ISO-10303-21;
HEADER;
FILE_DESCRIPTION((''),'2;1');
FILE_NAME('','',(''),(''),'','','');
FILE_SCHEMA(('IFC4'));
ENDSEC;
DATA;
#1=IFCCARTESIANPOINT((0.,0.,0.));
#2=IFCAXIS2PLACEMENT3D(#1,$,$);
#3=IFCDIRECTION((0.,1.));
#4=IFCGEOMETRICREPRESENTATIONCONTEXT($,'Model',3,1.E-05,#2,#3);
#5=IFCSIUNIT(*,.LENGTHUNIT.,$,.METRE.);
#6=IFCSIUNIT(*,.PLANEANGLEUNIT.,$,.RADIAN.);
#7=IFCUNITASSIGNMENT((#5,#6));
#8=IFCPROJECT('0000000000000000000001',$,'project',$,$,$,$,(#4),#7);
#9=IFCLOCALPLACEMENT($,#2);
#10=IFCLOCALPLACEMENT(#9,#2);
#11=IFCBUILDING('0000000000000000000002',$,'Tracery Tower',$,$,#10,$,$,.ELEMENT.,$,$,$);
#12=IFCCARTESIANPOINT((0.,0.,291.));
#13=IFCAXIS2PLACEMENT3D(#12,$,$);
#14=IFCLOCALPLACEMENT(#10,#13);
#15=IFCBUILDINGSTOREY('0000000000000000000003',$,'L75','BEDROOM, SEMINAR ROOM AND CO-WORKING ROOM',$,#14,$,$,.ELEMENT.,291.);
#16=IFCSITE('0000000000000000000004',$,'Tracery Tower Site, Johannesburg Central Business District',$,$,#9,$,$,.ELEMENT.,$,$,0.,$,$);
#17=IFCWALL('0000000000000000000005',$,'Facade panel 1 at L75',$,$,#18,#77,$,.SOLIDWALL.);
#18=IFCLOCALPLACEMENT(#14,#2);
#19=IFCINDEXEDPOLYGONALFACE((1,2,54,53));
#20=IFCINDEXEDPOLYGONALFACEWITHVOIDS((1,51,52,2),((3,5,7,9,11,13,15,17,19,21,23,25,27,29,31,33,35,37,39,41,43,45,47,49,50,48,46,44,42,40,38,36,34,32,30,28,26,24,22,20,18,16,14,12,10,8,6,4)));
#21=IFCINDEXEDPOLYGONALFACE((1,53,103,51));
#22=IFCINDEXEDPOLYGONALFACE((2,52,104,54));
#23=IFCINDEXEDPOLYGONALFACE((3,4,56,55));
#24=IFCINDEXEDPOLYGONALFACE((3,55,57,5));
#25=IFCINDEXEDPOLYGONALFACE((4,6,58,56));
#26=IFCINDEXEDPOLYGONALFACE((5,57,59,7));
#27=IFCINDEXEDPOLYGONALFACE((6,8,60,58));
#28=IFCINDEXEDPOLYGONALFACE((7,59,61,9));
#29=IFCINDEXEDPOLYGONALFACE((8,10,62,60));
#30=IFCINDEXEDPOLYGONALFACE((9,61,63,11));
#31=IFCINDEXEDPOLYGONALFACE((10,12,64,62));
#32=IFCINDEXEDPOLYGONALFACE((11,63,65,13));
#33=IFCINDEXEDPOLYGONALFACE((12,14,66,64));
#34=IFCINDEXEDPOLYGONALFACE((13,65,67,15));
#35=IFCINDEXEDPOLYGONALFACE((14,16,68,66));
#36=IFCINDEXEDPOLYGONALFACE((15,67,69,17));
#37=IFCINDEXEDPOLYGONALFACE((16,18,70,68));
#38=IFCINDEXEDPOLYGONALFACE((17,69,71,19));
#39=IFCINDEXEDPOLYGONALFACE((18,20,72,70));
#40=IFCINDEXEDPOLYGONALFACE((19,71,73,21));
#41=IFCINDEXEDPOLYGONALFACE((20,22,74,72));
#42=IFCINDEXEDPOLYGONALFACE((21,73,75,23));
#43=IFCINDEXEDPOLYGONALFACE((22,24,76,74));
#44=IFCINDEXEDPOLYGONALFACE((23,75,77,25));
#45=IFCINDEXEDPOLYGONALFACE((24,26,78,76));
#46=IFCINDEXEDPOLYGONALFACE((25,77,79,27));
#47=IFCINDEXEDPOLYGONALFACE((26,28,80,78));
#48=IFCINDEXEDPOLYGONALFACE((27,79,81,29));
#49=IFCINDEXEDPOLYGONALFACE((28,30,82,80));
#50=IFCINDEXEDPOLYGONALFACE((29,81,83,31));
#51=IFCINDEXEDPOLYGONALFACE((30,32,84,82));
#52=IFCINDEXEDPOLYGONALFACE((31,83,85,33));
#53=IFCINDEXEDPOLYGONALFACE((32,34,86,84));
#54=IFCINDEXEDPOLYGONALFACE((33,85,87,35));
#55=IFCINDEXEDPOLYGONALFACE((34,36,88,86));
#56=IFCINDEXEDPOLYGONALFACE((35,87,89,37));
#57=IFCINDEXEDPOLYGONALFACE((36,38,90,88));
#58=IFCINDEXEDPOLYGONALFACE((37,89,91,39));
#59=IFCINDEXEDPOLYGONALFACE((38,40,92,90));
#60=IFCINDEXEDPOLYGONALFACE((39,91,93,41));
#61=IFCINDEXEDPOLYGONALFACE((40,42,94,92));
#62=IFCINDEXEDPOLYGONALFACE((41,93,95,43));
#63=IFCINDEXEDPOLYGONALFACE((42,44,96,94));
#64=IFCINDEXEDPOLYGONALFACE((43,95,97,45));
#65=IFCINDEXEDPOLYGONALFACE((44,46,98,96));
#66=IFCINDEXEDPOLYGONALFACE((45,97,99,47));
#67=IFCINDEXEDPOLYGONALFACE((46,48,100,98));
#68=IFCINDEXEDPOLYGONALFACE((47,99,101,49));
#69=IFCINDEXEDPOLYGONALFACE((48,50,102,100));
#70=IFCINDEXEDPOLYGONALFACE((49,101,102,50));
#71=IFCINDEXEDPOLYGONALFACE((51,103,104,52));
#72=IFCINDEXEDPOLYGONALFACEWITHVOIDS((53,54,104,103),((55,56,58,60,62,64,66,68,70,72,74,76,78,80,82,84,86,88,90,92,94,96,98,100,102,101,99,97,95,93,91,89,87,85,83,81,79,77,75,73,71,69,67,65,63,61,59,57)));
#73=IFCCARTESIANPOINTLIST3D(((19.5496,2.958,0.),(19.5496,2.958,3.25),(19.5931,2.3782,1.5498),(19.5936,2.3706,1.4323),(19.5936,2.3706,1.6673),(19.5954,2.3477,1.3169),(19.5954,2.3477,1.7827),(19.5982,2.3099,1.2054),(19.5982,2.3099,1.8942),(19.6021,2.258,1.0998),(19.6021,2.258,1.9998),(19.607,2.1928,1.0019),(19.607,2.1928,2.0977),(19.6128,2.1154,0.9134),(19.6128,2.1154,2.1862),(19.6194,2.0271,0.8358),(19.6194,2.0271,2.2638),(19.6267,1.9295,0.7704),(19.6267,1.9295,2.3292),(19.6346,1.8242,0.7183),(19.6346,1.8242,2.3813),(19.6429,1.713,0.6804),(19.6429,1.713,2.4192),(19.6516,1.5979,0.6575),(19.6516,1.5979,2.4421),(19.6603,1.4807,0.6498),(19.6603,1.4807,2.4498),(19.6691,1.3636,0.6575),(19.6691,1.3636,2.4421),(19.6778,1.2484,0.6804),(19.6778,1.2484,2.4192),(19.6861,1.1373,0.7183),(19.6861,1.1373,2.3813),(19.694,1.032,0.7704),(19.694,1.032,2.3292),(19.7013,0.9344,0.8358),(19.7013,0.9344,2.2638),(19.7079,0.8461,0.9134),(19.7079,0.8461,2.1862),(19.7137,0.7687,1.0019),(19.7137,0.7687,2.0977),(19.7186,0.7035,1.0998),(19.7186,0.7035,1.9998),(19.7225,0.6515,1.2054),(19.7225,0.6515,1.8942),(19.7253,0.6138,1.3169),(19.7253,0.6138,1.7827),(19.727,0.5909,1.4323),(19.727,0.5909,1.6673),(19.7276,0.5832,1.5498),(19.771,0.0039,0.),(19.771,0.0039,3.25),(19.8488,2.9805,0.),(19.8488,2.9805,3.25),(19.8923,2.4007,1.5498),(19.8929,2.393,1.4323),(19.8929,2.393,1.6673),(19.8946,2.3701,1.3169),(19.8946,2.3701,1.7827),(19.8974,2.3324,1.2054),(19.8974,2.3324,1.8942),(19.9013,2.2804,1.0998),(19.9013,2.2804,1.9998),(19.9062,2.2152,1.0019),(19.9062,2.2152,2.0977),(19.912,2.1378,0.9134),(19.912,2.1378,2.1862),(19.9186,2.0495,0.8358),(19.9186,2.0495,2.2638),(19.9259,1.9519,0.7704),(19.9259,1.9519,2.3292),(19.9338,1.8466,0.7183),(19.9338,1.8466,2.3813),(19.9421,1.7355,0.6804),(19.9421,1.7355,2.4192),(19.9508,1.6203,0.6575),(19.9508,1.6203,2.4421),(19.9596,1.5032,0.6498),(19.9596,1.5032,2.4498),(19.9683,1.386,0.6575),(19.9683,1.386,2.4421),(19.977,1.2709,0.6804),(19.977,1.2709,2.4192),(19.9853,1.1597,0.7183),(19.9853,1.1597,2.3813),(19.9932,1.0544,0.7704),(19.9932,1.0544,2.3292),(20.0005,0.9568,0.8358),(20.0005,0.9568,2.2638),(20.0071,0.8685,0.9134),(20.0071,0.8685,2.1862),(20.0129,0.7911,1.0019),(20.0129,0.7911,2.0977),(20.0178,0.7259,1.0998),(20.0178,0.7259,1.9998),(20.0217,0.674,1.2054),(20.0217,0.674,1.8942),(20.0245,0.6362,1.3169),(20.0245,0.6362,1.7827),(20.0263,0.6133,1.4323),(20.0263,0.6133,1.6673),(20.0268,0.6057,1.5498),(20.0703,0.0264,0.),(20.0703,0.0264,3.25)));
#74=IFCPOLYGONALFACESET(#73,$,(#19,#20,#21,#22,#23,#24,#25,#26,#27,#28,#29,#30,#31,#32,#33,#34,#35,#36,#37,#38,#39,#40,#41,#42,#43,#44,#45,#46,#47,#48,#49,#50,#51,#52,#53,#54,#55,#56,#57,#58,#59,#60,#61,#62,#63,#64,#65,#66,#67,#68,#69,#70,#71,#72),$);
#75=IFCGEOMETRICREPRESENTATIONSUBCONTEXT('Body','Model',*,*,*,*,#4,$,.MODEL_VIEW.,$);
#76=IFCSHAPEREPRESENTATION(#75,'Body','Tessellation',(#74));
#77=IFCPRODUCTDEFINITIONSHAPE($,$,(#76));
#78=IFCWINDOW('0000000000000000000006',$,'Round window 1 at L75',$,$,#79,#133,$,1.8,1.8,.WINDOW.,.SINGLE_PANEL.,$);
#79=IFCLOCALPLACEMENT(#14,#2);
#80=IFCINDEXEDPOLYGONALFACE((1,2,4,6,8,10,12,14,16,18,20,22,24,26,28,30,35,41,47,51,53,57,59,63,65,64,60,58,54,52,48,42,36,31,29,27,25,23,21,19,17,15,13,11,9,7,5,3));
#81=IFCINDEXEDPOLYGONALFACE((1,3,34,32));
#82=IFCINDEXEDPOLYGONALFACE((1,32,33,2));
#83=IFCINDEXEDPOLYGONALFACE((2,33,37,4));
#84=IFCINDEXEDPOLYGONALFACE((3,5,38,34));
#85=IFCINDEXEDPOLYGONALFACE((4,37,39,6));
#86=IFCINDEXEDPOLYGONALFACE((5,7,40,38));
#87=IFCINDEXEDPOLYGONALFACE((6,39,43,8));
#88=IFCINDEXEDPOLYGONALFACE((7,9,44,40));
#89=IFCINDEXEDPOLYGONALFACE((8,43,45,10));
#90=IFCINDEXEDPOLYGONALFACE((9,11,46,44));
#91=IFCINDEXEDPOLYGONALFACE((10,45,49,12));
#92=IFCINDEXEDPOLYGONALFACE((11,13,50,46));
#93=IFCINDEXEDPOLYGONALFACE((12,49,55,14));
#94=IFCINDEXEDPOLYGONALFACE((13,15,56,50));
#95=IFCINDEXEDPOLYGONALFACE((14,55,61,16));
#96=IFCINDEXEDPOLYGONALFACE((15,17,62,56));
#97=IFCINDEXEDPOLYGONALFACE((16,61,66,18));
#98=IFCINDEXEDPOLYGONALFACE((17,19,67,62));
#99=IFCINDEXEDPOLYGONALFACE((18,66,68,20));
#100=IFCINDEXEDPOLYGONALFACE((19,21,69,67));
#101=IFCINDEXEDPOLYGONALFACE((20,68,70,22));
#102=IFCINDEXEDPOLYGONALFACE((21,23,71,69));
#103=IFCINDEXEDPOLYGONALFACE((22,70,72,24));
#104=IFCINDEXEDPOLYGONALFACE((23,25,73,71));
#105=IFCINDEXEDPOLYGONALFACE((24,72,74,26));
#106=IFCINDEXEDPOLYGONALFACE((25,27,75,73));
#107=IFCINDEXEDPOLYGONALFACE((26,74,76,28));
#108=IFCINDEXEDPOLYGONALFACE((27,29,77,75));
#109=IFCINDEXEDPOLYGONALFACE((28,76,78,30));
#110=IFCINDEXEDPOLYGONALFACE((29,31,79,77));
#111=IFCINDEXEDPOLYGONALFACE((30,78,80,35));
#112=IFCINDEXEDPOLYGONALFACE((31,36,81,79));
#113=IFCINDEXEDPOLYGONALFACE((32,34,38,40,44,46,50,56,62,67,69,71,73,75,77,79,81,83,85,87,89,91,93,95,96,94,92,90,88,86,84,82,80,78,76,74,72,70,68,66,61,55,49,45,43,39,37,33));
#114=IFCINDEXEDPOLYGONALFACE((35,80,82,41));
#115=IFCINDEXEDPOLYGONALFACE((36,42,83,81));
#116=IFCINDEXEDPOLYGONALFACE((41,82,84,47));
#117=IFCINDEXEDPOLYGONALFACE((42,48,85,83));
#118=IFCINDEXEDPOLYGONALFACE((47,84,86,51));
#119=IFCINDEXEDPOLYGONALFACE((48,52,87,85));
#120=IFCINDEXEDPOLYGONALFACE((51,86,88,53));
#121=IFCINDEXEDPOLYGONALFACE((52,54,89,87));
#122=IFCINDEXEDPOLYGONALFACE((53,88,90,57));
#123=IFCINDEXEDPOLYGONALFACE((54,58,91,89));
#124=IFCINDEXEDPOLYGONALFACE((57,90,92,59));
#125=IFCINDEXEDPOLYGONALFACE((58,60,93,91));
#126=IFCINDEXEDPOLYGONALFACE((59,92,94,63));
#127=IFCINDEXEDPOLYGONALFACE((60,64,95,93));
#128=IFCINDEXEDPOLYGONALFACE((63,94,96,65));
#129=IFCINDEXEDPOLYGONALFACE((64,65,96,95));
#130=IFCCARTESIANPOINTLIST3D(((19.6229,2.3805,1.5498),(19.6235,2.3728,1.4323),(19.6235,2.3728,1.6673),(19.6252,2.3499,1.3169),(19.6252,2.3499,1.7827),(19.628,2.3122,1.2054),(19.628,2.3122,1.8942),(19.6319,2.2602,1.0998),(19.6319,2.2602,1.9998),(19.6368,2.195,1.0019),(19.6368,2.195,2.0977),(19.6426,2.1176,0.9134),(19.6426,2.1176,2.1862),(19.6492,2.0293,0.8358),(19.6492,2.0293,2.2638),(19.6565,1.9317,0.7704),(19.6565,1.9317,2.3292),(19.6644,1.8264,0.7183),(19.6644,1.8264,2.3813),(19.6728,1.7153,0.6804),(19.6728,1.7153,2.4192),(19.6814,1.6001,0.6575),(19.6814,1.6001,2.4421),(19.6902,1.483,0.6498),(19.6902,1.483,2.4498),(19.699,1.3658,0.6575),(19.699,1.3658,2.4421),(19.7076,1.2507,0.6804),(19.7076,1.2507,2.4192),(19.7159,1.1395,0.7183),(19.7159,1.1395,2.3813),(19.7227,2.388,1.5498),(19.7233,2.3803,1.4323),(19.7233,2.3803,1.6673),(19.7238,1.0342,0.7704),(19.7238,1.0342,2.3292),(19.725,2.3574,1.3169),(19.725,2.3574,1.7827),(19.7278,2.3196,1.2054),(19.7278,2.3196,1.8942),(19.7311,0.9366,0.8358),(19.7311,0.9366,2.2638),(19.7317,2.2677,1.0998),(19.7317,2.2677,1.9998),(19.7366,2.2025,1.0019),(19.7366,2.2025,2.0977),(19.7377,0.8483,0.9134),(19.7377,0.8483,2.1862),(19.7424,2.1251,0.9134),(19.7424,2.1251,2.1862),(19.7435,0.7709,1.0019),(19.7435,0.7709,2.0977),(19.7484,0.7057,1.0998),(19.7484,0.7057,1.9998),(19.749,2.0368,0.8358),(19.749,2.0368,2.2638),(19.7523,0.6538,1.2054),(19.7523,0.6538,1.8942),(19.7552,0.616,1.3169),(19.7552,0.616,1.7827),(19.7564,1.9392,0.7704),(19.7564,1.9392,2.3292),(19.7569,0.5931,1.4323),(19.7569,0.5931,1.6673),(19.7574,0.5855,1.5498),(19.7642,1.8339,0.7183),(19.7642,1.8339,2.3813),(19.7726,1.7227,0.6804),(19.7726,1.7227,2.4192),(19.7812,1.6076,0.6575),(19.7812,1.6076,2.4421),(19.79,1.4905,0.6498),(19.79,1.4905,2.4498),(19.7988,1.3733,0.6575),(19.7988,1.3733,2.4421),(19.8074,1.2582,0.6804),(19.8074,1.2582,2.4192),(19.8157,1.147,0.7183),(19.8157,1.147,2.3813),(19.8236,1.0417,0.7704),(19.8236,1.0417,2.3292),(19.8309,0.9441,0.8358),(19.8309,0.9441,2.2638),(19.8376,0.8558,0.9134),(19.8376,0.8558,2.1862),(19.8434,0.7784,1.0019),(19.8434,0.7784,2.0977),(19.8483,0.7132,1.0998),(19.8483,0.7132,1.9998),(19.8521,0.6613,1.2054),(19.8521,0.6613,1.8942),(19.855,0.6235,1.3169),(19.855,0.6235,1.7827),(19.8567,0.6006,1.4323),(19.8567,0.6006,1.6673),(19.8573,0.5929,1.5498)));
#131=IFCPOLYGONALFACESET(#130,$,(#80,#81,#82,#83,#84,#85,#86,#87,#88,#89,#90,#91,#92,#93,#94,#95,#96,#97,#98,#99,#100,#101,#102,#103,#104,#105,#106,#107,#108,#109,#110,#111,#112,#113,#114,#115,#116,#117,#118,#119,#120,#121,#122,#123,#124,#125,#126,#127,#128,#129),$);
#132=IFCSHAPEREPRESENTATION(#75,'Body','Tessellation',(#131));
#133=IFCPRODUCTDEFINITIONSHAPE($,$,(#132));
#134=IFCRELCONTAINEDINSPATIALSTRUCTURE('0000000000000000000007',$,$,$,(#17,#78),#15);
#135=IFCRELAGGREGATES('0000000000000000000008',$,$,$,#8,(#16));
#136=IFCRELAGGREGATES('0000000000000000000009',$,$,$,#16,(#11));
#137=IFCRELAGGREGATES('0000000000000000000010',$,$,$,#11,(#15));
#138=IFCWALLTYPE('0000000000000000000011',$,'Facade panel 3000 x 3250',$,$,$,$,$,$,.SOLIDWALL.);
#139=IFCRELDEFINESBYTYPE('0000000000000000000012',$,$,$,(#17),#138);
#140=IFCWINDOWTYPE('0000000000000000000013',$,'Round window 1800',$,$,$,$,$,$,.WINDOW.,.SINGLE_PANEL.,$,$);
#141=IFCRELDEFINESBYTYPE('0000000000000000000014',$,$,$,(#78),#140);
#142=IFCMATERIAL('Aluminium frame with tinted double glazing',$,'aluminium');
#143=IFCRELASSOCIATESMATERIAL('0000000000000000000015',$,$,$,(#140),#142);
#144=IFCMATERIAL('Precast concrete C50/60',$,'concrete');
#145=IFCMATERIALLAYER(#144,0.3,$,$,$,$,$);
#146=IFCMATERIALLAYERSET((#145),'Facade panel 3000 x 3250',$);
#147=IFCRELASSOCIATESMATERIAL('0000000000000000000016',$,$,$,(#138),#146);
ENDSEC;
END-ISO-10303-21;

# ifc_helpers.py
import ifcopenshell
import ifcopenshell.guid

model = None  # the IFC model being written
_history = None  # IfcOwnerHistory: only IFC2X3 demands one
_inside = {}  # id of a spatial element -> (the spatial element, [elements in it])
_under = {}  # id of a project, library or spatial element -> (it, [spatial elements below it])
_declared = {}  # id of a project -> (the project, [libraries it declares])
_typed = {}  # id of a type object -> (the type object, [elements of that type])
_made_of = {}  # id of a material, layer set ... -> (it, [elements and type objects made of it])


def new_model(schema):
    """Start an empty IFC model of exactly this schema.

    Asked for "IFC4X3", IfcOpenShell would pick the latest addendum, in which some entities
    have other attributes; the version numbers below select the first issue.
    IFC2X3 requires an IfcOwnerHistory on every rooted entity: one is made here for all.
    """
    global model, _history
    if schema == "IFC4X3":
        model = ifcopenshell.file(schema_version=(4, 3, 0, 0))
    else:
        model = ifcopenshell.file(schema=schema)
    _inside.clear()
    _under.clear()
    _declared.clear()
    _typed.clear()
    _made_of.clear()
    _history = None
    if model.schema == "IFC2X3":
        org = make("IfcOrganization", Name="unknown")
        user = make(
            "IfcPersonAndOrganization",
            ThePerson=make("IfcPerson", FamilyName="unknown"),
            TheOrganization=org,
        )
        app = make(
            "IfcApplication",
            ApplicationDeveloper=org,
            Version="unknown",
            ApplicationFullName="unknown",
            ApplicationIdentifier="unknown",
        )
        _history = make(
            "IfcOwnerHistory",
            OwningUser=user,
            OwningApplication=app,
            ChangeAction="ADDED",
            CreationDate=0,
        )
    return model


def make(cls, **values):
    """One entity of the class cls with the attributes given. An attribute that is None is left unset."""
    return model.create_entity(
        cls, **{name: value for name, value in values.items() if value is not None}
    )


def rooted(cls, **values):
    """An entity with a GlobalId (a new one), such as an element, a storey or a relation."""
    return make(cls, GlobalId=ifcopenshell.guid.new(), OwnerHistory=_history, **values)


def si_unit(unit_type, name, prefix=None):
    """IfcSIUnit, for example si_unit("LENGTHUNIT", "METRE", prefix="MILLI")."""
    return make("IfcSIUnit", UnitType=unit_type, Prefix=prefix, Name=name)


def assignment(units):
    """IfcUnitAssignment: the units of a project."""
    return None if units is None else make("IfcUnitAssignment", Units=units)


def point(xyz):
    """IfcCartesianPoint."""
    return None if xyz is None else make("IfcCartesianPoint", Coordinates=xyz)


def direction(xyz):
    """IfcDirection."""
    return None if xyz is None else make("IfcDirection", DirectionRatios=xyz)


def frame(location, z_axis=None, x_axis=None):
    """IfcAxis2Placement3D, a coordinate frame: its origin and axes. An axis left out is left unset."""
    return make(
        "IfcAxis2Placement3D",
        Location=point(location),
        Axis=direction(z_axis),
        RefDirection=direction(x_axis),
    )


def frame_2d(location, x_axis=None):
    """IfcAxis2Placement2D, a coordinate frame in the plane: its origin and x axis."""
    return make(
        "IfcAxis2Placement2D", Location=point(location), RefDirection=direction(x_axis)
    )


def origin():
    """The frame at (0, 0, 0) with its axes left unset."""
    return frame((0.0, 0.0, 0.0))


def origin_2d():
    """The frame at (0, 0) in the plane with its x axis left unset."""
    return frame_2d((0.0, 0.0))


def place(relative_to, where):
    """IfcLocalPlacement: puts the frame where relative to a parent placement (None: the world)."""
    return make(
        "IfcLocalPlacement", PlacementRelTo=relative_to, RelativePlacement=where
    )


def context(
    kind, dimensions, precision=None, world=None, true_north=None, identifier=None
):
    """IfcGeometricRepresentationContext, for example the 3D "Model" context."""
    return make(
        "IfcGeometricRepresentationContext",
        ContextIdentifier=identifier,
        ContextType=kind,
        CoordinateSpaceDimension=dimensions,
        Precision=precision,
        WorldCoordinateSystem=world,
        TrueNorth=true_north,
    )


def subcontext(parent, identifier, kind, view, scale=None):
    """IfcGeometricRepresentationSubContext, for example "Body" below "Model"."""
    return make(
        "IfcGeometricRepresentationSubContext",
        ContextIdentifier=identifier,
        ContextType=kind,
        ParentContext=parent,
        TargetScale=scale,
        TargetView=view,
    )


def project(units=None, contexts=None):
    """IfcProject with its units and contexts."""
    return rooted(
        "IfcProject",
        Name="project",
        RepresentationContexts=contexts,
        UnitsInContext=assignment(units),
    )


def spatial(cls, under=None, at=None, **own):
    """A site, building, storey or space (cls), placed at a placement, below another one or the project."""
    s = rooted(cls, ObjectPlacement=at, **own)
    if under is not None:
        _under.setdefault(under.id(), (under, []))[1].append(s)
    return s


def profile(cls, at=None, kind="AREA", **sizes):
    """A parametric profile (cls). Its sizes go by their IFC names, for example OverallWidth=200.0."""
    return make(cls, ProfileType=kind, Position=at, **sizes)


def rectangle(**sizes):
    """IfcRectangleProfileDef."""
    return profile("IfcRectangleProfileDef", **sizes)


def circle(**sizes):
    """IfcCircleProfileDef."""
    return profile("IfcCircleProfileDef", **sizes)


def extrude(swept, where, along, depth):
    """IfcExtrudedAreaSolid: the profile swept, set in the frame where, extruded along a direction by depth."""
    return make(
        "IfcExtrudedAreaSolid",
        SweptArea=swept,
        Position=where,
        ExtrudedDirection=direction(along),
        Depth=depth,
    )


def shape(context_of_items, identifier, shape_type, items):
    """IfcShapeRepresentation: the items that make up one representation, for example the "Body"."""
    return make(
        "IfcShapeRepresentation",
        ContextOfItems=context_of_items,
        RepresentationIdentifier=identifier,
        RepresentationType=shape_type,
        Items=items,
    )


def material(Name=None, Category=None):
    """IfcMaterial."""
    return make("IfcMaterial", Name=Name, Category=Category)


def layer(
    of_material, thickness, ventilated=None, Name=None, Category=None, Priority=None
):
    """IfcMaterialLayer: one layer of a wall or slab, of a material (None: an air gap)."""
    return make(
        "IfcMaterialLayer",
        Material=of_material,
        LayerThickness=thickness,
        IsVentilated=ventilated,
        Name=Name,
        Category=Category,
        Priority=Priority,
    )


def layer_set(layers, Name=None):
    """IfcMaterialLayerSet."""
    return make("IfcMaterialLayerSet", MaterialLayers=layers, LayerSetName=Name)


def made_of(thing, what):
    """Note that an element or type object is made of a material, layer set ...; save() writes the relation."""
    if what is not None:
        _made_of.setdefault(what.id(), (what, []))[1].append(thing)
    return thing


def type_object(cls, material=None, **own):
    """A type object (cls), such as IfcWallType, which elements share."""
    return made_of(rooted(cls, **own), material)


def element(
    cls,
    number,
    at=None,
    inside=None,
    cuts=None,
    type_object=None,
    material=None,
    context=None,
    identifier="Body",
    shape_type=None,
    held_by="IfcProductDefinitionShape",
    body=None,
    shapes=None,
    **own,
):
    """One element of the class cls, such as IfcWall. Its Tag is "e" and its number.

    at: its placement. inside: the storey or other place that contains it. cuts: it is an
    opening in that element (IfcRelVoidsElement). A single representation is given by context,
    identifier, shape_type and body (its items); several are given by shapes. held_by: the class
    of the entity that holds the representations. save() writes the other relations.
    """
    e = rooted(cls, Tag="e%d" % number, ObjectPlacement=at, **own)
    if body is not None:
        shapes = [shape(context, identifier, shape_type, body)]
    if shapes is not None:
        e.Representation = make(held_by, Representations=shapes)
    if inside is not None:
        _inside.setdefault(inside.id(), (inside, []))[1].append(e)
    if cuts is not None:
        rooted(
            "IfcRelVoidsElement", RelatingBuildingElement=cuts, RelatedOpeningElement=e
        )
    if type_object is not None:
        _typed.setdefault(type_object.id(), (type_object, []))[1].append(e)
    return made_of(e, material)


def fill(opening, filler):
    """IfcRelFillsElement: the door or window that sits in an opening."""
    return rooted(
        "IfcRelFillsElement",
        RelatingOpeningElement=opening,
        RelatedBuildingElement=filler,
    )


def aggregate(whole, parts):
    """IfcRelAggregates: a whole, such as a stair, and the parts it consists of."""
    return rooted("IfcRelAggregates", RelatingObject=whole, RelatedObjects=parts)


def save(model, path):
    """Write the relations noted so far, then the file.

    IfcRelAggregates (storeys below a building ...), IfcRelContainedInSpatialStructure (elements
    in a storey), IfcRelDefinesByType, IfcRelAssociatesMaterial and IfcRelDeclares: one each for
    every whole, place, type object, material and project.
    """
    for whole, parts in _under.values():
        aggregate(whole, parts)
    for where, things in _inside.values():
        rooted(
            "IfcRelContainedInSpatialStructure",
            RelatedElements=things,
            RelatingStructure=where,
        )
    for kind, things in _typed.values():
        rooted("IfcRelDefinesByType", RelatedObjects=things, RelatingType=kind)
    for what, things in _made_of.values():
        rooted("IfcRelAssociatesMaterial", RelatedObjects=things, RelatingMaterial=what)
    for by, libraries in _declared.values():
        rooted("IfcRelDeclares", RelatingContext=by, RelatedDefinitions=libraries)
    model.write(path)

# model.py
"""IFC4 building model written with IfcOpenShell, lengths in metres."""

from ifc_helpers import new_model, si_unit, direction, frame, frame_2d, origin, origin_2d, place, context, subcontext, project, spatial, rectangle, circle, extrude, material, layer, layer_set, type_object, element, fill, save


model = new_model("IFC4")

# Units and contexts
model_context = context("Model", 3, precision=1e-05, world=origin(), true_north=direction((0.0, 1.0)))
body_context = subcontext(model_context, "Body", "Model", "MODEL_VIEW")
ifc_project = project(units=[si_unit("LENGTHUNIT", "METRE"), si_unit("PLANEANGLEUNIT", "RADIAN")], contexts=[model_context])

# Site, building, storey
site_placement = place(None, origin())
site = spatial("IfcSite", under=ifc_project, at=site_placement, Name="Tracery Tower Site, Johannesburg Central Business District", CompositionType="ELEMENT", RefElevation=0.0)
building_placement = place(site_placement, origin())
building = spatial("IfcBuilding", under=site, at=building_placement, Name="Tracery Tower", CompositionType="ELEMENT")
storey_placement = place(building_placement, frame((0.0, 0.0, 291.0)))
storey = spatial("IfcBuildingStorey", under=building, at=storey_placement, Name="L75", Description="BEDROOM, SEMINAR ROOM AND CO-WORKING ROOM", CompositionType="ELEMENT", Elevation=291.0)

# Wall, opening, window
ifc_material_1 = material(Name="Aluminium frame with tinted double glazing", Category="aluminium")
window_type = type_object("IfcWindowType", Name="Round window 1800", PartitioningType="SINGLE_PANEL", PredefinedType="WINDOW", material=ifc_material_1)
ifc_material_2 = material(Name="Precast concrete C50/60", Category="concrete")
ifc_layer_1 = layer(ifc_material_2, 0.3)
ifc_layer_set_1 = layer_set([ifc_layer_1], Name="Facade panel 3000 x 3250")
wall_type_1 = type_object("IfcWallType", Name="Facade panel 3000 x 3250", PredefinedType="SOLIDWALL", material=ifc_layer_set_1)
wall_1_placement = place(storey_placement, frame((19.9207, 0.0151, 0.0), z_axis=(0.0, 0.0, 1.0), x_axis=(-0.074749, 0.997202, 0.0)))
wall_1 = element("IfcWall", 1, at=wall_1_placement, inside=storey, type_object=wall_type_1, Name="Facade panel 1 at L75", PredefinedType="SOLIDWALL", context=body_context, shape_type="SweptSolid", body=[
    extrude(rectangle(XDim=2.9624, YDim=0.3, at=frame_2d((1.4812, 0.0))), origin(), (0.0, 0.0, 1.0), 3.25),
])
opening_1_placement = place(wall_1_placement, frame((1.481, 0.0, 1.5498)))
opening_1 = element("IfcOpeningElement", 2, at=opening_1_placement, cuts=wall_1, PredefinedType="OPENING", context=body_context, shape_type="SweptSolid", body=[
    extrude(circle(Radius=0.9, at=origin_2d()), frame((0.0, 0.1599, 0.0), z_axis=(0.0, -1.0, 0.0), x_axis=(1.0, 0.0, 0.0)), (0.0, 0.0, 1.0), 0.3201),
])
window_1_placement = place(opening_1_placement, origin())
window_1 = element("IfcWindow", 3, at=window_1_placement, inside=storey, type_object=window_type, Name="Round window 1 at L75", OverallHeight=1.8, OverallWidth=1.8, PartitioningType="SINGLE_PANEL", PredefinedType="WINDOW", context=body_context, shape_type="SweptSolid", body=[
    extrude(circle(Radius=0.9, at=origin_2d()), frame((0.0, 0.1201, 0.0), z_axis=(0.0, -1.0, 0.0), x_axis=(1.0, 0.0, 0.0)), (0.0, 0.0, 1.0), 0.1001),
])
fill(opening_1, window_1)

save(model, "model.ifc")
